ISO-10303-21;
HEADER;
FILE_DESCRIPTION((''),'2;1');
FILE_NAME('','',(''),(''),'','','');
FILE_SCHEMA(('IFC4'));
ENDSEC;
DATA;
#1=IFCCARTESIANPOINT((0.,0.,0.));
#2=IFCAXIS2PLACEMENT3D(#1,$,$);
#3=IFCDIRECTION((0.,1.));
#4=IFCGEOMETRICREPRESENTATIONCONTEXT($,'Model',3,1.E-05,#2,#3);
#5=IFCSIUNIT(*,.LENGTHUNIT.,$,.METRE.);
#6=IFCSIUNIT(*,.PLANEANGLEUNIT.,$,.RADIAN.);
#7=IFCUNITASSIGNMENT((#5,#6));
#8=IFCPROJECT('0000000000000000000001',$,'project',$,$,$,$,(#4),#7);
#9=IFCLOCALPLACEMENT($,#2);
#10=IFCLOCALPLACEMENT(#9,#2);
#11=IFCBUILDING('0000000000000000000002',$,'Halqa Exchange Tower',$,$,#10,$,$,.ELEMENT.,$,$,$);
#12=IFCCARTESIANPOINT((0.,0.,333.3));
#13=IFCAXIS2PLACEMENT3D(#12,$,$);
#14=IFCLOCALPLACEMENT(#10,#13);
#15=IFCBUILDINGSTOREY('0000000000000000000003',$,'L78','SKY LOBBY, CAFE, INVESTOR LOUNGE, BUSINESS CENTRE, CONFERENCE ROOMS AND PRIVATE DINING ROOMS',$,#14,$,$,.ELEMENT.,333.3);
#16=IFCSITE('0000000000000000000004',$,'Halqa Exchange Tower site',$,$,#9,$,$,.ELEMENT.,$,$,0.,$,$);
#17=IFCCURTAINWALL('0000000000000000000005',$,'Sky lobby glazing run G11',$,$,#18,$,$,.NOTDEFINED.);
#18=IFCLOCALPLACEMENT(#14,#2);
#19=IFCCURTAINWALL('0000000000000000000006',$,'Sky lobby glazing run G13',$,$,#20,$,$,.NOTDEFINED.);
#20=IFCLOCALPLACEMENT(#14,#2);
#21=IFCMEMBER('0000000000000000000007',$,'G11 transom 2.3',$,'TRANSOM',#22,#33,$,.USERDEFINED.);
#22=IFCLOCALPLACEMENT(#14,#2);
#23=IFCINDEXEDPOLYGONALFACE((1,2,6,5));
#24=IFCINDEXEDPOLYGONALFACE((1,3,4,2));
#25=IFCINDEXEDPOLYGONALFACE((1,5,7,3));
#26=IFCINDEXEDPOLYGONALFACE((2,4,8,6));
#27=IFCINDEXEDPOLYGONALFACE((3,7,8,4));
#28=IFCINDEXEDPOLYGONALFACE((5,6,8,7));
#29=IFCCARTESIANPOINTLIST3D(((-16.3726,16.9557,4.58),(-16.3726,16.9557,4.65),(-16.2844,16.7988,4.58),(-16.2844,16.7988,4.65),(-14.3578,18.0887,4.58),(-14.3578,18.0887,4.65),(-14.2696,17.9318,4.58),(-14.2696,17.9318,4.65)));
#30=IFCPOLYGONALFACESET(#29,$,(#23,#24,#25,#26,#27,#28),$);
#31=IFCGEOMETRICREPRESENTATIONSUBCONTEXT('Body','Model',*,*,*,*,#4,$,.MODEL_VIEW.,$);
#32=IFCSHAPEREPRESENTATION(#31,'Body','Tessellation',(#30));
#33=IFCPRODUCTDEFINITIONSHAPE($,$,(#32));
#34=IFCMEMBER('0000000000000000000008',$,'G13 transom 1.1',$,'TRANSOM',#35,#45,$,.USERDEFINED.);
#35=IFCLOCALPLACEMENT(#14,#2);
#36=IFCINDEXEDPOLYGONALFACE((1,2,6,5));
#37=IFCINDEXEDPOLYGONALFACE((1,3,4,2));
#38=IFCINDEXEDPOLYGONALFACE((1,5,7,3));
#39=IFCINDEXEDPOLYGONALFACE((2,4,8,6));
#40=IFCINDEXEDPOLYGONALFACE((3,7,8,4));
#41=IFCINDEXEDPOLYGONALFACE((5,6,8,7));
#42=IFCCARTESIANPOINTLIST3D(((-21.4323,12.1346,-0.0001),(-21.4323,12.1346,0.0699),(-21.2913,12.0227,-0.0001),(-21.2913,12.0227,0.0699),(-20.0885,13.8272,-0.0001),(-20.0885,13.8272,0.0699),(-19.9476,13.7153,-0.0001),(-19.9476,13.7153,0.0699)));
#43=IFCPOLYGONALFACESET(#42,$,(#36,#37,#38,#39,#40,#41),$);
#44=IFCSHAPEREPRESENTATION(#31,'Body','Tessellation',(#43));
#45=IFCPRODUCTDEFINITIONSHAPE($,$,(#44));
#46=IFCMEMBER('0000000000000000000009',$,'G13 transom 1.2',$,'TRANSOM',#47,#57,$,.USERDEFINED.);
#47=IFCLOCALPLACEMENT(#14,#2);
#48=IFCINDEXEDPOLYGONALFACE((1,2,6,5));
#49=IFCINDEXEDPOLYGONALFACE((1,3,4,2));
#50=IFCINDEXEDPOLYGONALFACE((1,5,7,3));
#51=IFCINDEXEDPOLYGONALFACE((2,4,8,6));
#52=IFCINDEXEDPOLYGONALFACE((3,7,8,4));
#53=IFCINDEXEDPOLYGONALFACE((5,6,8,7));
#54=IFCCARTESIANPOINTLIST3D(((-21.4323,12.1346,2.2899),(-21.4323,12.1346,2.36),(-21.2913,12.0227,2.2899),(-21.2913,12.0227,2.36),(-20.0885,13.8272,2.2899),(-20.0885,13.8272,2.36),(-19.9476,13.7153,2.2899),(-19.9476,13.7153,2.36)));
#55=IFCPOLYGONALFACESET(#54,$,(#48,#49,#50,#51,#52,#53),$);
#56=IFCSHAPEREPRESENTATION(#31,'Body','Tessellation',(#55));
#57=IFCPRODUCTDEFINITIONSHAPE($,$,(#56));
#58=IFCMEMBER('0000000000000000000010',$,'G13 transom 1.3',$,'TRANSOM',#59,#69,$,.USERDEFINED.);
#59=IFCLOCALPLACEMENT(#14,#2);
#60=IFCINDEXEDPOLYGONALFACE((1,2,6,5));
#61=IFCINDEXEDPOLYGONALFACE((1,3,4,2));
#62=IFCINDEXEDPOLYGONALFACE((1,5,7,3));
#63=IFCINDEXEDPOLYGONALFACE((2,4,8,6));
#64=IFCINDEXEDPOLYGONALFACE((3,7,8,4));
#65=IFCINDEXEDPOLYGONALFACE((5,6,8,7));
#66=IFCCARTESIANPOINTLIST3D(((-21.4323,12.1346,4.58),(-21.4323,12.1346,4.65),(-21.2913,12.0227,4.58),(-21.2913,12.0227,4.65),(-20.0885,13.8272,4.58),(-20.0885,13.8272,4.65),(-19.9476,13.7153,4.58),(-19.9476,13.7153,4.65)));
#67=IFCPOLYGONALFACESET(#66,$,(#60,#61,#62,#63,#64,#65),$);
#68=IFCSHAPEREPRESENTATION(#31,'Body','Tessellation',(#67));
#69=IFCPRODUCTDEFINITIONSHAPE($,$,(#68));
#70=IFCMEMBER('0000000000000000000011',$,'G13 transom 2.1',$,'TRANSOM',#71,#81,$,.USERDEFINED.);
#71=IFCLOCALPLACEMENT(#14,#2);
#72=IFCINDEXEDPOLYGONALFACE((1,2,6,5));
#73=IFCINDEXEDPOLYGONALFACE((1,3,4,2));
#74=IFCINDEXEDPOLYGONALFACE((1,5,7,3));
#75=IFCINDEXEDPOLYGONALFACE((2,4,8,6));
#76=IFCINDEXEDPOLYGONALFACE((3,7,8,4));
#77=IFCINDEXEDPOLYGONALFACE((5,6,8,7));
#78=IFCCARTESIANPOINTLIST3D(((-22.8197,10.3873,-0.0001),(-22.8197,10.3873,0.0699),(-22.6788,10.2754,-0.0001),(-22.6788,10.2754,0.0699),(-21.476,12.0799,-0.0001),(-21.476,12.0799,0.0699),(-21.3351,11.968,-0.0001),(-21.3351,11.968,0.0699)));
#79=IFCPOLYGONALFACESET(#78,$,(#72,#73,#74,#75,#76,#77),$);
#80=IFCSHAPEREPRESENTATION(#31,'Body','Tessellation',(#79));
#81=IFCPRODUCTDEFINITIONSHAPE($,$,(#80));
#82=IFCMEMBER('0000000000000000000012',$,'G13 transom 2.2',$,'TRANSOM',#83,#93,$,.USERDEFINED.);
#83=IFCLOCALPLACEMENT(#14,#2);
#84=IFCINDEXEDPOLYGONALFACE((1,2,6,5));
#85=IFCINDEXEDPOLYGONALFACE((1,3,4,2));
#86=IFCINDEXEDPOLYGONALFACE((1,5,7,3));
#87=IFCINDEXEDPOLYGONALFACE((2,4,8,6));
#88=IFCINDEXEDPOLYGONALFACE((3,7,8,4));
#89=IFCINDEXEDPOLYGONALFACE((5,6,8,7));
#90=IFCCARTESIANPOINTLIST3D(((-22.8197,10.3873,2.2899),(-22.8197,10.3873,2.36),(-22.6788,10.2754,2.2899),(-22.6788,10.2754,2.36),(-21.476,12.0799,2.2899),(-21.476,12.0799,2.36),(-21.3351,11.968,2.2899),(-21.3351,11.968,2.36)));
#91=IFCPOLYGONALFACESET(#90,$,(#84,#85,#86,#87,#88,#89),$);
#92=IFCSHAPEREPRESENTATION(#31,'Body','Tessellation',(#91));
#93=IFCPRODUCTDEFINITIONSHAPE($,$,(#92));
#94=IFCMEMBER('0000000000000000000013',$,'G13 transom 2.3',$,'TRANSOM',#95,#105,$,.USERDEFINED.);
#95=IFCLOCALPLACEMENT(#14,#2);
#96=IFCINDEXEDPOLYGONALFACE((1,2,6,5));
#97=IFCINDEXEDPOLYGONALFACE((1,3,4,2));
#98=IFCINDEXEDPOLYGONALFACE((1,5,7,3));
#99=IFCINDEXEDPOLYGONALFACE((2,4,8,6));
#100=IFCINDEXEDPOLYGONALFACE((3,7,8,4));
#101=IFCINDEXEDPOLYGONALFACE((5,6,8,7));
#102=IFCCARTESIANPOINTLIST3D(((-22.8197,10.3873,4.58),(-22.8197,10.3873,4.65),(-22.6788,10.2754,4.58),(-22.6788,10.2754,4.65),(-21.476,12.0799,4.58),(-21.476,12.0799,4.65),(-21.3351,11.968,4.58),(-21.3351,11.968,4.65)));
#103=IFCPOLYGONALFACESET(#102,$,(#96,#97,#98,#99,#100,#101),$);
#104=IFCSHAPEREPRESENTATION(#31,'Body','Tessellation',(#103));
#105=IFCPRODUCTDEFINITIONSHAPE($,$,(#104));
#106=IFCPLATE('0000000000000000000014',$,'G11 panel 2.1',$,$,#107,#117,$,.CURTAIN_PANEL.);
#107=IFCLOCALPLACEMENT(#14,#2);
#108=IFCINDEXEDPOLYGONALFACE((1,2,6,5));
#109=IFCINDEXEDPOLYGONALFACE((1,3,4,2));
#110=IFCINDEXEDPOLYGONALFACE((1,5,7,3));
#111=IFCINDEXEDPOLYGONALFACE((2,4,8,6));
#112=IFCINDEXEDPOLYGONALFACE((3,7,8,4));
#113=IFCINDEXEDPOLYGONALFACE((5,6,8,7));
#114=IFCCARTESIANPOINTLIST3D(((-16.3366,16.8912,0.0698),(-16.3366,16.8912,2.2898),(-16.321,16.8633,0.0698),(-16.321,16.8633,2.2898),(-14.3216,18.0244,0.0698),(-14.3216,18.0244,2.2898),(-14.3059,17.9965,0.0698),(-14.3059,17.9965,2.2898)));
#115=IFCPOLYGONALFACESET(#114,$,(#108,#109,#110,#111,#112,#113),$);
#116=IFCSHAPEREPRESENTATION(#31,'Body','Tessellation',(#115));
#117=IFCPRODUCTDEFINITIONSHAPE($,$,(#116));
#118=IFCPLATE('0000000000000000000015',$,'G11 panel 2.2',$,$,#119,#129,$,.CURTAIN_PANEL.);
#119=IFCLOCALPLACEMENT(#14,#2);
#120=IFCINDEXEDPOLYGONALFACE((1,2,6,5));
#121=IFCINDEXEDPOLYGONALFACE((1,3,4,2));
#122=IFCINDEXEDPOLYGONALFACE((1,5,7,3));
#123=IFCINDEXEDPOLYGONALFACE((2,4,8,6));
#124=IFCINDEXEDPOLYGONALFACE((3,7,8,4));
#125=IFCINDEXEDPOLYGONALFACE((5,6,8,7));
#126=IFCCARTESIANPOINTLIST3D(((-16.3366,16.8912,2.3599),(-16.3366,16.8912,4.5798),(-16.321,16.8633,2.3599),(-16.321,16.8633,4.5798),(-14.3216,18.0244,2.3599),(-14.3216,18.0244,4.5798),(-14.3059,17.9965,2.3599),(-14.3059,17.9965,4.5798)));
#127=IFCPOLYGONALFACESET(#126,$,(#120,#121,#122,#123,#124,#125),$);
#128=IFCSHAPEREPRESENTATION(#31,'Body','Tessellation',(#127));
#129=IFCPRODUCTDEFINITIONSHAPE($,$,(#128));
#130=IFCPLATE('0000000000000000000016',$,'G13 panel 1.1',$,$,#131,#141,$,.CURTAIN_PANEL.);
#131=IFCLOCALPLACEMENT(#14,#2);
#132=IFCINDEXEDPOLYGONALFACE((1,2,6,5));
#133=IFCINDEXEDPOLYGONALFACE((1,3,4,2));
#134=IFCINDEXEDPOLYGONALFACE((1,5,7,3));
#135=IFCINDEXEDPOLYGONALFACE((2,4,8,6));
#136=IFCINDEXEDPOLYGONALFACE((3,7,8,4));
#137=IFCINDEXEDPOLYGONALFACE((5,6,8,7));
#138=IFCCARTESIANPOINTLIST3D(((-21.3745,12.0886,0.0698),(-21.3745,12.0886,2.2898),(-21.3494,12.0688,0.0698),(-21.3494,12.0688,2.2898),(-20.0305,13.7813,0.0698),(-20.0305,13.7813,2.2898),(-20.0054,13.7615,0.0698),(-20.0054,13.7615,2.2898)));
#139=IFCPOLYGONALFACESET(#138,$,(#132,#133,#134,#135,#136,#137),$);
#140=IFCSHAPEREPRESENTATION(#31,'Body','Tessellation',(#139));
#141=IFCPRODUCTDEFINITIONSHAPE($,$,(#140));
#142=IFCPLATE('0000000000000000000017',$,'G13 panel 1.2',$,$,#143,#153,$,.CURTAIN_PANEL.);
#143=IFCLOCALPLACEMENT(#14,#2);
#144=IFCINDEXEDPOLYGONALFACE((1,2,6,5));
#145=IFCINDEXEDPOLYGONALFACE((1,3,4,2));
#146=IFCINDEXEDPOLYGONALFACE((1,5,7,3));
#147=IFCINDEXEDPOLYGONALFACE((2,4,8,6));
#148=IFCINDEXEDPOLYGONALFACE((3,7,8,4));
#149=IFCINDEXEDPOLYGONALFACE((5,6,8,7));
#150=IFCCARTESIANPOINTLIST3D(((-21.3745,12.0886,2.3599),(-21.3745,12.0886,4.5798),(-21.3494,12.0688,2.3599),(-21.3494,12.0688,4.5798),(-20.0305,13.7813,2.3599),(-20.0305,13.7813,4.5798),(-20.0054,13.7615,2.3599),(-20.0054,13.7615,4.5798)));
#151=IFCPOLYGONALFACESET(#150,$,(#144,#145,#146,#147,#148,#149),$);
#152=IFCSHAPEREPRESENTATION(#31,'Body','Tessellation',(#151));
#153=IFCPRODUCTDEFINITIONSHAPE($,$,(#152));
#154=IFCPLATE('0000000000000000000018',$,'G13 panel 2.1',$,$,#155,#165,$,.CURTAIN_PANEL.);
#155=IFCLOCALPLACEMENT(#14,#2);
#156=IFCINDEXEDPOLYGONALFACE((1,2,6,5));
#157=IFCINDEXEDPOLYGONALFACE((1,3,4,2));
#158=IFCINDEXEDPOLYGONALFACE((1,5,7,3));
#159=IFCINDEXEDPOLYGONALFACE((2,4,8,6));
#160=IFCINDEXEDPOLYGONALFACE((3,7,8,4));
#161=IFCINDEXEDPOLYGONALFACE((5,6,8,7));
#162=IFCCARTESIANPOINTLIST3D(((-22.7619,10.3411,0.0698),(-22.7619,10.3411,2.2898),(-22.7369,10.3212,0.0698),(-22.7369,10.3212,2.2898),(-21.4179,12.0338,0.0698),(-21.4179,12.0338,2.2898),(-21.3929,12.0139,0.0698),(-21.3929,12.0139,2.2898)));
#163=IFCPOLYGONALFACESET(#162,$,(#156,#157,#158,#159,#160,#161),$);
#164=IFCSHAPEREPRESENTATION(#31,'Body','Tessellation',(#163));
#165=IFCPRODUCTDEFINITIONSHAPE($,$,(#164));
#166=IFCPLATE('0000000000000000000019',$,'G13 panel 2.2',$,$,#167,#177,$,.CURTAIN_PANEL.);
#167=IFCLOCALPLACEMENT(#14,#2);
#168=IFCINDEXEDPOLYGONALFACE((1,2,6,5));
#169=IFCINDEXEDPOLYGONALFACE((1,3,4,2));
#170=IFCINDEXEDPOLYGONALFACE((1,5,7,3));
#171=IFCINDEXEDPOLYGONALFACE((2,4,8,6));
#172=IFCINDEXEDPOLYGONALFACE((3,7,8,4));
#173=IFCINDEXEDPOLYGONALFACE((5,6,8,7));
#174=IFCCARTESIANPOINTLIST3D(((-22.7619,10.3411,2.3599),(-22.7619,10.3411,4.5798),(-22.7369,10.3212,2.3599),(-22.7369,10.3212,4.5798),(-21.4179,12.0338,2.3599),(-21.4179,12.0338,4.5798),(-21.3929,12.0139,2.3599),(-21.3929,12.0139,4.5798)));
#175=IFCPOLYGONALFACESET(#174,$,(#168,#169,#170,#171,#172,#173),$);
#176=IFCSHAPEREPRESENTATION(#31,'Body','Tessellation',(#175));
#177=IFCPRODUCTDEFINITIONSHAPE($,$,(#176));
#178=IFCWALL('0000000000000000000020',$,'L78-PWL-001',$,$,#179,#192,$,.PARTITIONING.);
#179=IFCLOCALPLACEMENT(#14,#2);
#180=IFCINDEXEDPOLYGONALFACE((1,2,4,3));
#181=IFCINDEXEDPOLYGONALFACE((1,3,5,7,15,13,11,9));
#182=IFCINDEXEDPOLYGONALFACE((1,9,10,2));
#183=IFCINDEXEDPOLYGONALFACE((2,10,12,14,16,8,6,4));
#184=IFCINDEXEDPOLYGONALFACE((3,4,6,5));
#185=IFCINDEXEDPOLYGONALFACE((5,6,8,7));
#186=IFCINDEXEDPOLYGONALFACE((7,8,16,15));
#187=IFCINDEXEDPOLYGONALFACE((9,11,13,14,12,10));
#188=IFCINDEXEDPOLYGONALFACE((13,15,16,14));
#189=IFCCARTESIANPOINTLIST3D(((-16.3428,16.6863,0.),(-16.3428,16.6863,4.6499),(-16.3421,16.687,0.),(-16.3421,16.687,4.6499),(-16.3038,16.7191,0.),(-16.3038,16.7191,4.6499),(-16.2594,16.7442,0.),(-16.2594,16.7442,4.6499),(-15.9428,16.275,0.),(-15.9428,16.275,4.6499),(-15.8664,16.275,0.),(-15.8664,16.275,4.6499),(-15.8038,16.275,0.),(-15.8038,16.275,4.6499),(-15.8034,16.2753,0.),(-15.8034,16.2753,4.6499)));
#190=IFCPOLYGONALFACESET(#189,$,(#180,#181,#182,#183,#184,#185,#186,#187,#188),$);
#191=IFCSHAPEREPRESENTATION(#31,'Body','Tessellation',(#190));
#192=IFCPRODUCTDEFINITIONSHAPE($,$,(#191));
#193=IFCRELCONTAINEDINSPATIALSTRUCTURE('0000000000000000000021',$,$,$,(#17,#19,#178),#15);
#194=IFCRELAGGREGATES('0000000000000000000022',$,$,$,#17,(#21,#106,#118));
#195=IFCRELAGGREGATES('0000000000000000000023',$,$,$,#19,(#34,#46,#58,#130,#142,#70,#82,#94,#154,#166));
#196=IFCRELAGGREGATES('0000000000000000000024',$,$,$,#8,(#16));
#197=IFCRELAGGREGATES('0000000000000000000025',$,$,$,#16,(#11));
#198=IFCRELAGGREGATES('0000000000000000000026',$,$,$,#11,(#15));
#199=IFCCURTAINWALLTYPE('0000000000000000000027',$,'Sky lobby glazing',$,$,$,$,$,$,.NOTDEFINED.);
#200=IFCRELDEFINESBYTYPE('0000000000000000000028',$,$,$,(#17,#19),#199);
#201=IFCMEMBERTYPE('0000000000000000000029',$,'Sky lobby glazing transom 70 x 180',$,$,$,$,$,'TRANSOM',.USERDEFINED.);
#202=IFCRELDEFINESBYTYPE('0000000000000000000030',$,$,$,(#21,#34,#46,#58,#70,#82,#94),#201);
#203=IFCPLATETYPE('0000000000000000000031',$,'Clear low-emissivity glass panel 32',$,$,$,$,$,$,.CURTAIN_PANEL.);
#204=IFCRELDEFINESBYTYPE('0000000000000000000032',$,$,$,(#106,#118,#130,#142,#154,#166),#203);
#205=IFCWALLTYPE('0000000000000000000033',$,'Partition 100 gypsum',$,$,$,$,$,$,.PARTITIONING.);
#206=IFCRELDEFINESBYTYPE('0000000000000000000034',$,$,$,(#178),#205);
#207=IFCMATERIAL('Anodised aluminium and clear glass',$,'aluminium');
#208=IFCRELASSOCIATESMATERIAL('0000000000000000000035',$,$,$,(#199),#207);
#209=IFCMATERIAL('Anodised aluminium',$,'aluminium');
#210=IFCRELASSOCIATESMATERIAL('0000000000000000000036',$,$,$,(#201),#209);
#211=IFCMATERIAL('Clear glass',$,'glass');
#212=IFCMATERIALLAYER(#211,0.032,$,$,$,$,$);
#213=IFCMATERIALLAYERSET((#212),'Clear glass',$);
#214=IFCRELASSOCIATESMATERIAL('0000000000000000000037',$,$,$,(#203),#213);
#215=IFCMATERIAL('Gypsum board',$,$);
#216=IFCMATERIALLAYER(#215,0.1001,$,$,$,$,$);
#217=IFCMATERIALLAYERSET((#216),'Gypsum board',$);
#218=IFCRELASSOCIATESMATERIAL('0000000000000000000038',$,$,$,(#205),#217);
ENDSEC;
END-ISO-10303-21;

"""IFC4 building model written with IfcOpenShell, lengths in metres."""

from ifc_helpers import new_model, si_unit, direction, frame, origin, origin_2d, place, context, subcontext, project, spatial, polyline, rectangle, outline, extrude, material, layer, layer_set, material_profile, profile_set, type_object, element, aggregate, save


model = new_model("IFC4")

# Units and contexts
model_context = context("Model", 3, precision=1e-05, world=origin(), true_north=direction((0.0, 1.0)))
body_context = subcontext(model_context, "Body", "Model", "MODEL_VIEW")
ifc_project = project(units=[si_unit("LENGTHUNIT", "METRE"), si_unit("PLANEANGLEUNIT", "RADIAN")], contexts=[model_context])

# Site, building, storey
site_placement = place(None, origin())
site = spatial("IfcSite", under=ifc_project, at=site_placement, Name="Halqa Exchange Tower site", CompositionType="ELEMENT", RefElevation=0.0)
building_placement = place(site_placement, origin())
building = spatial("IfcBuilding", under=site, at=building_placement, Name="Halqa Exchange Tower", CompositionType="ELEMENT")
storey_placement = place(building_placement, frame((0.0, 0.0, 333.3)))
storey = spatial("IfcBuildingStorey", under=building, at=storey_placement, Name="L78", Description="SKY LOBBY, CAFE, INVESTOR LOUNGE, BUSINESS CENTRE, CONFERENCE ROOMS AND PRIVATE DINING ROOMS", CompositionType="ELEMENT", Elevation=333.3)

# Curtain walls
ifc_material_1 = material(Name="Anodised aluminium and clear glass", Category="aluminium")
curtain_wall_type = type_object("IfcCurtainWallType", Name="Sky lobby glazing", PredefinedType="NOTDEFINED", material=ifc_material_1)
curtain_wall_1_placement = place(storey_placement, origin())
curtain_wall_1 = element("IfcCurtainWall", 1, at=curtain_wall_1_placement, inside=storey, type_object=curtain_wall_type, Name="Sky lobby glazing run G11", PredefinedType="NOTDEFINED")
ifc_material_2 = material(Name="Anodised aluminium", Category="aluminium")
curtain_wall_2_placement = place(storey_placement, origin())
curtain_wall_2 = element("IfcCurtainWall", 2, at=curtain_wall_2_placement, inside=storey, type_object=curtain_wall_type, Name="Sky lobby glazing run G13", PredefinedType="NOTDEFINED")

# Members
ifc_material_profile_1 = material_profile(ifc_material_2, rectangle(XDim=0.1799, YDim=0.0701, at=origin_2d()), Name="AL 70x180")
ifc_profile_set_1 = profile_set([ifc_material_profile_1], Name="Anodised aluminium")
member_type_1 = type_object("IfcMemberType", Name="Sky lobby glazing transom 70 x 180", ElementType="TRANSOM", PredefinedType="USERDEFINED", material=ifc_profile_set_1)
member_1_placement = place(storey_placement, frame((-14.3137, 18.0103, 4.615), z_axis=(-0.871635, -0.490156, 0.0), x_axis=(0.490156, -0.871635, 0.0)))
member_1 = element("IfcMember", 3, at=member_1_placement, type_object=member_type_1, Name="G11 transom 2.3", ObjectType="TRANSOM", PredefinedType="USERDEFINED", context=body_context, shape_type="SweptSolid", body=[
    extrude(rectangle(XDim=0.1799, YDim=0.0701, at=origin_2d()), origin(), (0.0, 0.0, 1.0), 2.3115),
])
member_2_placement = place(storey_placement, frame((-20.0181, 13.7712, 0.0349), z_axis=(-0.62177, -0.7832, 0.0), x_axis=(0.7832, -0.62177, 0.0)))
member_2 = element("IfcMember", 4, at=member_2_placement, type_object=member_type_1, Name="G13 transom 1.1", ObjectType="TRANSOM", PredefinedType="USERDEFINED", context=body_context, shape_type="SweptSolid", body=[
    extrude(rectangle(XDim=0.1799, YDim=0.0701, at=origin_2d()), origin(), (0.0, 0.0, 1.0), 2.1611),
])
member_3_placement = place(storey_placement, frame((-20.0181, 13.7712, 2.325), z_axis=(-0.62177, -0.7832, 0.0), x_axis=(0.7832, -0.62177, 0.0)))
member_3 = element("IfcMember", 5, at=member_3_placement, type_object=member_type_1, Name="G13 transom 1.2", ObjectType="TRANSOM", PredefinedType="USERDEFINED", context=body_context, shape_type="SweptSolid", body=[
    extrude(rectangle(XDim=0.1799, YDim=0.0701, at=origin_2d()), origin(), (0.0, 0.0, 1.0), 2.1611),
])
member_4_placement = place(storey_placement, frame((-20.0181, 13.7712, 4.615), z_axis=(-0.62177, -0.7832, 0.0), x_axis=(0.7832, -0.62177, 0.0)))
member_4 = element("IfcMember", 6, at=member_4_placement, type_object=member_type_1, Name="G13 transom 1.3", ObjectType="TRANSOM", PredefinedType="USERDEFINED", context=body_context, shape_type="SweptSolid", body=[
    extrude(rectangle(XDim=0.1799, YDim=0.0701, at=origin_2d()), origin(), (0.0, 0.0, 1.0), 2.1611),
])
member_5_placement = place(storey_placement, frame((-21.4055, 12.0239, 0.0349), z_axis=(-0.62177, -0.7832, 0.0), x_axis=(0.7832, -0.62177, 0.0)))
member_5 = element("IfcMember", 7, at=member_5_placement, type_object=member_type_1, Name="G13 transom 2.1", ObjectType="TRANSOM", PredefinedType="USERDEFINED", context=body_context, shape_type="SweptSolid", body=[
    extrude(rectangle(XDim=0.1799, YDim=0.0701, at=origin_2d()), origin(), (0.0, 0.0, 1.0), 2.1611),
])
member_6_placement = place(storey_placement, frame((-21.4055, 12.0239, 2.325), z_axis=(-0.62177, -0.7832, 0.0), x_axis=(0.7832, -0.62177, 0.0)))
member_6 = element("IfcMember", 8, at=member_6_placement, type_object=member_type_1, Name="G13 transom 2.2", ObjectType="TRANSOM", PredefinedType="USERDEFINED", context=body_context, shape_type="SweptSolid", body=[
    extrude(rectangle(XDim=0.1799, YDim=0.0701, at=origin_2d()), origin(), (0.0, 0.0, 1.0), 2.1611),
])
member_7_placement = place(storey_placement, frame((-21.4055, 12.0239, 4.615), z_axis=(-0.62177, -0.7832, 0.0), x_axis=(0.7832, -0.62177, 0.0)))
member_7 = element("IfcMember", 9, at=member_7_placement, type_object=member_type_1, Name="G13 transom 2.3", ObjectType="TRANSOM", PredefinedType="USERDEFINED", context=body_context, shape_type="SweptSolid", body=[
    extrude(rectangle(XDim=0.1799, YDim=0.0701, at=origin_2d()), origin(), (0.0, 0.0, 1.0), 2.1611),
])

# Plates
ifc_material_3 = material(Name="Clear glass", Category="glass")
ifc_layer_1 = layer(ifc_material_3, 0.032)
ifc_layer_set_1 = layer_set([ifc_layer_1], Name="Clear glass")
plate_type = type_object("IfcPlateType", Name="Clear low-emissivity glass panel 32", PredefinedType="CURTAIN_PANEL", material=ifc_layer_set_1)
plate_1_placement = place(storey_placement, frame((-15.3213, 17.4438, 0.0698), z_axis=(0.0, 0.0, 1.0), x_axis=(-0.871634, -0.490158, 0.0)))
plate_1 = element("IfcPlate", 10, at=plate_1_placement, type_object=plate_type, Name="G11 panel 2.1", PredefinedType="CURTAIN_PANEL", context=body_context, shape_type="SweptSolid", body=[
    extrude(rectangle(XDim=2.3118, YDim=0.032, at=origin_2d()), origin(), (0.0, 0.0, 1.0), 2.22),
])
plate_2_placement = place(storey_placement, frame((-15.3213, 17.4438, 2.3599), z_axis=(0.0, 0.0, 1.0), x_axis=(-0.871634, -0.490158, 0.0)))
plate_2 = element("IfcPlate", 11, at=plate_2_placement, type_object=plate_type, Name="G11 panel 2.2", PredefinedType="CURTAIN_PANEL", context=body_context, shape_type="SweptSolid", body=[
    extrude(rectangle(XDim=2.3118, YDim=0.032, at=origin_2d()), origin(), (0.0, 0.0, 1.0), 2.22),
])
aggregate(curtain_wall_1, [member_1, plate_1, plate_2])
plate_3_placement = place(storey_placement, frame((-20.6899, 12.925, 0.0698), z_axis=(0.0, 0.0, 1.0), x_axis=(-0.621817, -0.783162, 0.0)))
plate_3 = element("IfcPlate", 12, at=plate_3_placement, type_object=plate_type, Name="G13 panel 1.1", PredefinedType="CURTAIN_PANEL", context=body_context, shape_type="SweptSolid", body=[
    extrude(rectangle(XDim=2.1614, YDim=0.032, at=origin_2d()), origin(), (0.0, 0.0, 1.0), 2.22),
])
plate_4_placement = place(storey_placement, frame((-20.6899, 12.925, 2.3599), z_axis=(0.0, 0.0, 1.0), x_axis=(-0.621817, -0.783162, 0.0)))
plate_4 = element("IfcPlate", 13, at=plate_4_placement, type_object=plate_type, Name="G13 panel 1.2", PredefinedType="CURTAIN_PANEL", context=body_context, shape_type="SweptSolid", body=[
    extrude(rectangle(XDim=2.1614, YDim=0.032, at=origin_2d()), origin(), (0.0, 0.0, 1.0), 2.22),
])
plate_5_placement = place(storey_placement, frame((-22.0774, 11.1775, 0.0698), z_axis=(0.0, 0.0, 1.0), x_axis=(-0.621817, -0.783162, 0.0)))
plate_5 = element("IfcPlate", 14, at=plate_5_placement, type_object=plate_type, Name="G13 panel 2.1", PredefinedType="CURTAIN_PANEL", context=body_context, shape_type="SweptSolid", body=[
    extrude(rectangle(XDim=2.1614, YDim=0.032, at=origin_2d()), origin(), (0.0, 0.0, 1.0), 2.22),
])
plate_6_placement = place(storey_placement, frame((-22.0774, 11.1775, 2.3599), z_axis=(0.0, 0.0, 1.0), x_axis=(-0.621817, -0.783162, 0.0)))
plate_6 = element("IfcPlate", 15, at=plate_6_placement, type_object=plate_type, Name="G13 panel 2.2", PredefinedType="CURTAIN_PANEL", context=body_context, shape_type="SweptSolid", body=[
    extrude(rectangle(XDim=2.1614, YDim=0.032, at=origin_2d()), origin(), (0.0, 0.0, 1.0), 2.22),
])
aggregate(curtain_wall_2, [member_2, member_3, member_4, plate_3, plate_4, member_5, member_6, member_7, plate_5, plate_6])

# Wall
ifc_material_4 = material(Name="Gypsum board")
ifc_layer_2 = layer(ifc_material_4, 0.1001)
ifc_layer_set_2 = layer_set([ifc_layer_2], Name="Gypsum board")
wall_type_1 = type_object("IfcWallType", Name="Partition 100 gypsum", PredefinedType="PARTITIONING", material=ifc_layer_set_2)
wall_1_placement = place(storey_placement, frame((-16.3069, 16.7212, 0.0), z_axis=(0.0, 0.0, 1.0), x_axis=(0.697208, -0.716869, 0.0)))
element("IfcWall", 16, at=wall_1_placement, inside=storey, type_object=wall_type_1, Name="L78-PWL-001", PredefinedType="PARTITIONING", context=body_context, shape_type="SweptSolid", body=[
    extrude(outline(polyline([(0.0, -0.05), (0.5737, -0.05), (0.627, 0.0046), (0.627, 0.0046), (0.6707, 0.0496), (0.6707, 0.05), (0.0166, 0.05), (0.0037, 0.0007), (0.0, -0.0491), (0.0, -0.05)])), origin(), (0.0, 0.0, 1.0), 4.6499),
])

save(model, "model.ifc")
